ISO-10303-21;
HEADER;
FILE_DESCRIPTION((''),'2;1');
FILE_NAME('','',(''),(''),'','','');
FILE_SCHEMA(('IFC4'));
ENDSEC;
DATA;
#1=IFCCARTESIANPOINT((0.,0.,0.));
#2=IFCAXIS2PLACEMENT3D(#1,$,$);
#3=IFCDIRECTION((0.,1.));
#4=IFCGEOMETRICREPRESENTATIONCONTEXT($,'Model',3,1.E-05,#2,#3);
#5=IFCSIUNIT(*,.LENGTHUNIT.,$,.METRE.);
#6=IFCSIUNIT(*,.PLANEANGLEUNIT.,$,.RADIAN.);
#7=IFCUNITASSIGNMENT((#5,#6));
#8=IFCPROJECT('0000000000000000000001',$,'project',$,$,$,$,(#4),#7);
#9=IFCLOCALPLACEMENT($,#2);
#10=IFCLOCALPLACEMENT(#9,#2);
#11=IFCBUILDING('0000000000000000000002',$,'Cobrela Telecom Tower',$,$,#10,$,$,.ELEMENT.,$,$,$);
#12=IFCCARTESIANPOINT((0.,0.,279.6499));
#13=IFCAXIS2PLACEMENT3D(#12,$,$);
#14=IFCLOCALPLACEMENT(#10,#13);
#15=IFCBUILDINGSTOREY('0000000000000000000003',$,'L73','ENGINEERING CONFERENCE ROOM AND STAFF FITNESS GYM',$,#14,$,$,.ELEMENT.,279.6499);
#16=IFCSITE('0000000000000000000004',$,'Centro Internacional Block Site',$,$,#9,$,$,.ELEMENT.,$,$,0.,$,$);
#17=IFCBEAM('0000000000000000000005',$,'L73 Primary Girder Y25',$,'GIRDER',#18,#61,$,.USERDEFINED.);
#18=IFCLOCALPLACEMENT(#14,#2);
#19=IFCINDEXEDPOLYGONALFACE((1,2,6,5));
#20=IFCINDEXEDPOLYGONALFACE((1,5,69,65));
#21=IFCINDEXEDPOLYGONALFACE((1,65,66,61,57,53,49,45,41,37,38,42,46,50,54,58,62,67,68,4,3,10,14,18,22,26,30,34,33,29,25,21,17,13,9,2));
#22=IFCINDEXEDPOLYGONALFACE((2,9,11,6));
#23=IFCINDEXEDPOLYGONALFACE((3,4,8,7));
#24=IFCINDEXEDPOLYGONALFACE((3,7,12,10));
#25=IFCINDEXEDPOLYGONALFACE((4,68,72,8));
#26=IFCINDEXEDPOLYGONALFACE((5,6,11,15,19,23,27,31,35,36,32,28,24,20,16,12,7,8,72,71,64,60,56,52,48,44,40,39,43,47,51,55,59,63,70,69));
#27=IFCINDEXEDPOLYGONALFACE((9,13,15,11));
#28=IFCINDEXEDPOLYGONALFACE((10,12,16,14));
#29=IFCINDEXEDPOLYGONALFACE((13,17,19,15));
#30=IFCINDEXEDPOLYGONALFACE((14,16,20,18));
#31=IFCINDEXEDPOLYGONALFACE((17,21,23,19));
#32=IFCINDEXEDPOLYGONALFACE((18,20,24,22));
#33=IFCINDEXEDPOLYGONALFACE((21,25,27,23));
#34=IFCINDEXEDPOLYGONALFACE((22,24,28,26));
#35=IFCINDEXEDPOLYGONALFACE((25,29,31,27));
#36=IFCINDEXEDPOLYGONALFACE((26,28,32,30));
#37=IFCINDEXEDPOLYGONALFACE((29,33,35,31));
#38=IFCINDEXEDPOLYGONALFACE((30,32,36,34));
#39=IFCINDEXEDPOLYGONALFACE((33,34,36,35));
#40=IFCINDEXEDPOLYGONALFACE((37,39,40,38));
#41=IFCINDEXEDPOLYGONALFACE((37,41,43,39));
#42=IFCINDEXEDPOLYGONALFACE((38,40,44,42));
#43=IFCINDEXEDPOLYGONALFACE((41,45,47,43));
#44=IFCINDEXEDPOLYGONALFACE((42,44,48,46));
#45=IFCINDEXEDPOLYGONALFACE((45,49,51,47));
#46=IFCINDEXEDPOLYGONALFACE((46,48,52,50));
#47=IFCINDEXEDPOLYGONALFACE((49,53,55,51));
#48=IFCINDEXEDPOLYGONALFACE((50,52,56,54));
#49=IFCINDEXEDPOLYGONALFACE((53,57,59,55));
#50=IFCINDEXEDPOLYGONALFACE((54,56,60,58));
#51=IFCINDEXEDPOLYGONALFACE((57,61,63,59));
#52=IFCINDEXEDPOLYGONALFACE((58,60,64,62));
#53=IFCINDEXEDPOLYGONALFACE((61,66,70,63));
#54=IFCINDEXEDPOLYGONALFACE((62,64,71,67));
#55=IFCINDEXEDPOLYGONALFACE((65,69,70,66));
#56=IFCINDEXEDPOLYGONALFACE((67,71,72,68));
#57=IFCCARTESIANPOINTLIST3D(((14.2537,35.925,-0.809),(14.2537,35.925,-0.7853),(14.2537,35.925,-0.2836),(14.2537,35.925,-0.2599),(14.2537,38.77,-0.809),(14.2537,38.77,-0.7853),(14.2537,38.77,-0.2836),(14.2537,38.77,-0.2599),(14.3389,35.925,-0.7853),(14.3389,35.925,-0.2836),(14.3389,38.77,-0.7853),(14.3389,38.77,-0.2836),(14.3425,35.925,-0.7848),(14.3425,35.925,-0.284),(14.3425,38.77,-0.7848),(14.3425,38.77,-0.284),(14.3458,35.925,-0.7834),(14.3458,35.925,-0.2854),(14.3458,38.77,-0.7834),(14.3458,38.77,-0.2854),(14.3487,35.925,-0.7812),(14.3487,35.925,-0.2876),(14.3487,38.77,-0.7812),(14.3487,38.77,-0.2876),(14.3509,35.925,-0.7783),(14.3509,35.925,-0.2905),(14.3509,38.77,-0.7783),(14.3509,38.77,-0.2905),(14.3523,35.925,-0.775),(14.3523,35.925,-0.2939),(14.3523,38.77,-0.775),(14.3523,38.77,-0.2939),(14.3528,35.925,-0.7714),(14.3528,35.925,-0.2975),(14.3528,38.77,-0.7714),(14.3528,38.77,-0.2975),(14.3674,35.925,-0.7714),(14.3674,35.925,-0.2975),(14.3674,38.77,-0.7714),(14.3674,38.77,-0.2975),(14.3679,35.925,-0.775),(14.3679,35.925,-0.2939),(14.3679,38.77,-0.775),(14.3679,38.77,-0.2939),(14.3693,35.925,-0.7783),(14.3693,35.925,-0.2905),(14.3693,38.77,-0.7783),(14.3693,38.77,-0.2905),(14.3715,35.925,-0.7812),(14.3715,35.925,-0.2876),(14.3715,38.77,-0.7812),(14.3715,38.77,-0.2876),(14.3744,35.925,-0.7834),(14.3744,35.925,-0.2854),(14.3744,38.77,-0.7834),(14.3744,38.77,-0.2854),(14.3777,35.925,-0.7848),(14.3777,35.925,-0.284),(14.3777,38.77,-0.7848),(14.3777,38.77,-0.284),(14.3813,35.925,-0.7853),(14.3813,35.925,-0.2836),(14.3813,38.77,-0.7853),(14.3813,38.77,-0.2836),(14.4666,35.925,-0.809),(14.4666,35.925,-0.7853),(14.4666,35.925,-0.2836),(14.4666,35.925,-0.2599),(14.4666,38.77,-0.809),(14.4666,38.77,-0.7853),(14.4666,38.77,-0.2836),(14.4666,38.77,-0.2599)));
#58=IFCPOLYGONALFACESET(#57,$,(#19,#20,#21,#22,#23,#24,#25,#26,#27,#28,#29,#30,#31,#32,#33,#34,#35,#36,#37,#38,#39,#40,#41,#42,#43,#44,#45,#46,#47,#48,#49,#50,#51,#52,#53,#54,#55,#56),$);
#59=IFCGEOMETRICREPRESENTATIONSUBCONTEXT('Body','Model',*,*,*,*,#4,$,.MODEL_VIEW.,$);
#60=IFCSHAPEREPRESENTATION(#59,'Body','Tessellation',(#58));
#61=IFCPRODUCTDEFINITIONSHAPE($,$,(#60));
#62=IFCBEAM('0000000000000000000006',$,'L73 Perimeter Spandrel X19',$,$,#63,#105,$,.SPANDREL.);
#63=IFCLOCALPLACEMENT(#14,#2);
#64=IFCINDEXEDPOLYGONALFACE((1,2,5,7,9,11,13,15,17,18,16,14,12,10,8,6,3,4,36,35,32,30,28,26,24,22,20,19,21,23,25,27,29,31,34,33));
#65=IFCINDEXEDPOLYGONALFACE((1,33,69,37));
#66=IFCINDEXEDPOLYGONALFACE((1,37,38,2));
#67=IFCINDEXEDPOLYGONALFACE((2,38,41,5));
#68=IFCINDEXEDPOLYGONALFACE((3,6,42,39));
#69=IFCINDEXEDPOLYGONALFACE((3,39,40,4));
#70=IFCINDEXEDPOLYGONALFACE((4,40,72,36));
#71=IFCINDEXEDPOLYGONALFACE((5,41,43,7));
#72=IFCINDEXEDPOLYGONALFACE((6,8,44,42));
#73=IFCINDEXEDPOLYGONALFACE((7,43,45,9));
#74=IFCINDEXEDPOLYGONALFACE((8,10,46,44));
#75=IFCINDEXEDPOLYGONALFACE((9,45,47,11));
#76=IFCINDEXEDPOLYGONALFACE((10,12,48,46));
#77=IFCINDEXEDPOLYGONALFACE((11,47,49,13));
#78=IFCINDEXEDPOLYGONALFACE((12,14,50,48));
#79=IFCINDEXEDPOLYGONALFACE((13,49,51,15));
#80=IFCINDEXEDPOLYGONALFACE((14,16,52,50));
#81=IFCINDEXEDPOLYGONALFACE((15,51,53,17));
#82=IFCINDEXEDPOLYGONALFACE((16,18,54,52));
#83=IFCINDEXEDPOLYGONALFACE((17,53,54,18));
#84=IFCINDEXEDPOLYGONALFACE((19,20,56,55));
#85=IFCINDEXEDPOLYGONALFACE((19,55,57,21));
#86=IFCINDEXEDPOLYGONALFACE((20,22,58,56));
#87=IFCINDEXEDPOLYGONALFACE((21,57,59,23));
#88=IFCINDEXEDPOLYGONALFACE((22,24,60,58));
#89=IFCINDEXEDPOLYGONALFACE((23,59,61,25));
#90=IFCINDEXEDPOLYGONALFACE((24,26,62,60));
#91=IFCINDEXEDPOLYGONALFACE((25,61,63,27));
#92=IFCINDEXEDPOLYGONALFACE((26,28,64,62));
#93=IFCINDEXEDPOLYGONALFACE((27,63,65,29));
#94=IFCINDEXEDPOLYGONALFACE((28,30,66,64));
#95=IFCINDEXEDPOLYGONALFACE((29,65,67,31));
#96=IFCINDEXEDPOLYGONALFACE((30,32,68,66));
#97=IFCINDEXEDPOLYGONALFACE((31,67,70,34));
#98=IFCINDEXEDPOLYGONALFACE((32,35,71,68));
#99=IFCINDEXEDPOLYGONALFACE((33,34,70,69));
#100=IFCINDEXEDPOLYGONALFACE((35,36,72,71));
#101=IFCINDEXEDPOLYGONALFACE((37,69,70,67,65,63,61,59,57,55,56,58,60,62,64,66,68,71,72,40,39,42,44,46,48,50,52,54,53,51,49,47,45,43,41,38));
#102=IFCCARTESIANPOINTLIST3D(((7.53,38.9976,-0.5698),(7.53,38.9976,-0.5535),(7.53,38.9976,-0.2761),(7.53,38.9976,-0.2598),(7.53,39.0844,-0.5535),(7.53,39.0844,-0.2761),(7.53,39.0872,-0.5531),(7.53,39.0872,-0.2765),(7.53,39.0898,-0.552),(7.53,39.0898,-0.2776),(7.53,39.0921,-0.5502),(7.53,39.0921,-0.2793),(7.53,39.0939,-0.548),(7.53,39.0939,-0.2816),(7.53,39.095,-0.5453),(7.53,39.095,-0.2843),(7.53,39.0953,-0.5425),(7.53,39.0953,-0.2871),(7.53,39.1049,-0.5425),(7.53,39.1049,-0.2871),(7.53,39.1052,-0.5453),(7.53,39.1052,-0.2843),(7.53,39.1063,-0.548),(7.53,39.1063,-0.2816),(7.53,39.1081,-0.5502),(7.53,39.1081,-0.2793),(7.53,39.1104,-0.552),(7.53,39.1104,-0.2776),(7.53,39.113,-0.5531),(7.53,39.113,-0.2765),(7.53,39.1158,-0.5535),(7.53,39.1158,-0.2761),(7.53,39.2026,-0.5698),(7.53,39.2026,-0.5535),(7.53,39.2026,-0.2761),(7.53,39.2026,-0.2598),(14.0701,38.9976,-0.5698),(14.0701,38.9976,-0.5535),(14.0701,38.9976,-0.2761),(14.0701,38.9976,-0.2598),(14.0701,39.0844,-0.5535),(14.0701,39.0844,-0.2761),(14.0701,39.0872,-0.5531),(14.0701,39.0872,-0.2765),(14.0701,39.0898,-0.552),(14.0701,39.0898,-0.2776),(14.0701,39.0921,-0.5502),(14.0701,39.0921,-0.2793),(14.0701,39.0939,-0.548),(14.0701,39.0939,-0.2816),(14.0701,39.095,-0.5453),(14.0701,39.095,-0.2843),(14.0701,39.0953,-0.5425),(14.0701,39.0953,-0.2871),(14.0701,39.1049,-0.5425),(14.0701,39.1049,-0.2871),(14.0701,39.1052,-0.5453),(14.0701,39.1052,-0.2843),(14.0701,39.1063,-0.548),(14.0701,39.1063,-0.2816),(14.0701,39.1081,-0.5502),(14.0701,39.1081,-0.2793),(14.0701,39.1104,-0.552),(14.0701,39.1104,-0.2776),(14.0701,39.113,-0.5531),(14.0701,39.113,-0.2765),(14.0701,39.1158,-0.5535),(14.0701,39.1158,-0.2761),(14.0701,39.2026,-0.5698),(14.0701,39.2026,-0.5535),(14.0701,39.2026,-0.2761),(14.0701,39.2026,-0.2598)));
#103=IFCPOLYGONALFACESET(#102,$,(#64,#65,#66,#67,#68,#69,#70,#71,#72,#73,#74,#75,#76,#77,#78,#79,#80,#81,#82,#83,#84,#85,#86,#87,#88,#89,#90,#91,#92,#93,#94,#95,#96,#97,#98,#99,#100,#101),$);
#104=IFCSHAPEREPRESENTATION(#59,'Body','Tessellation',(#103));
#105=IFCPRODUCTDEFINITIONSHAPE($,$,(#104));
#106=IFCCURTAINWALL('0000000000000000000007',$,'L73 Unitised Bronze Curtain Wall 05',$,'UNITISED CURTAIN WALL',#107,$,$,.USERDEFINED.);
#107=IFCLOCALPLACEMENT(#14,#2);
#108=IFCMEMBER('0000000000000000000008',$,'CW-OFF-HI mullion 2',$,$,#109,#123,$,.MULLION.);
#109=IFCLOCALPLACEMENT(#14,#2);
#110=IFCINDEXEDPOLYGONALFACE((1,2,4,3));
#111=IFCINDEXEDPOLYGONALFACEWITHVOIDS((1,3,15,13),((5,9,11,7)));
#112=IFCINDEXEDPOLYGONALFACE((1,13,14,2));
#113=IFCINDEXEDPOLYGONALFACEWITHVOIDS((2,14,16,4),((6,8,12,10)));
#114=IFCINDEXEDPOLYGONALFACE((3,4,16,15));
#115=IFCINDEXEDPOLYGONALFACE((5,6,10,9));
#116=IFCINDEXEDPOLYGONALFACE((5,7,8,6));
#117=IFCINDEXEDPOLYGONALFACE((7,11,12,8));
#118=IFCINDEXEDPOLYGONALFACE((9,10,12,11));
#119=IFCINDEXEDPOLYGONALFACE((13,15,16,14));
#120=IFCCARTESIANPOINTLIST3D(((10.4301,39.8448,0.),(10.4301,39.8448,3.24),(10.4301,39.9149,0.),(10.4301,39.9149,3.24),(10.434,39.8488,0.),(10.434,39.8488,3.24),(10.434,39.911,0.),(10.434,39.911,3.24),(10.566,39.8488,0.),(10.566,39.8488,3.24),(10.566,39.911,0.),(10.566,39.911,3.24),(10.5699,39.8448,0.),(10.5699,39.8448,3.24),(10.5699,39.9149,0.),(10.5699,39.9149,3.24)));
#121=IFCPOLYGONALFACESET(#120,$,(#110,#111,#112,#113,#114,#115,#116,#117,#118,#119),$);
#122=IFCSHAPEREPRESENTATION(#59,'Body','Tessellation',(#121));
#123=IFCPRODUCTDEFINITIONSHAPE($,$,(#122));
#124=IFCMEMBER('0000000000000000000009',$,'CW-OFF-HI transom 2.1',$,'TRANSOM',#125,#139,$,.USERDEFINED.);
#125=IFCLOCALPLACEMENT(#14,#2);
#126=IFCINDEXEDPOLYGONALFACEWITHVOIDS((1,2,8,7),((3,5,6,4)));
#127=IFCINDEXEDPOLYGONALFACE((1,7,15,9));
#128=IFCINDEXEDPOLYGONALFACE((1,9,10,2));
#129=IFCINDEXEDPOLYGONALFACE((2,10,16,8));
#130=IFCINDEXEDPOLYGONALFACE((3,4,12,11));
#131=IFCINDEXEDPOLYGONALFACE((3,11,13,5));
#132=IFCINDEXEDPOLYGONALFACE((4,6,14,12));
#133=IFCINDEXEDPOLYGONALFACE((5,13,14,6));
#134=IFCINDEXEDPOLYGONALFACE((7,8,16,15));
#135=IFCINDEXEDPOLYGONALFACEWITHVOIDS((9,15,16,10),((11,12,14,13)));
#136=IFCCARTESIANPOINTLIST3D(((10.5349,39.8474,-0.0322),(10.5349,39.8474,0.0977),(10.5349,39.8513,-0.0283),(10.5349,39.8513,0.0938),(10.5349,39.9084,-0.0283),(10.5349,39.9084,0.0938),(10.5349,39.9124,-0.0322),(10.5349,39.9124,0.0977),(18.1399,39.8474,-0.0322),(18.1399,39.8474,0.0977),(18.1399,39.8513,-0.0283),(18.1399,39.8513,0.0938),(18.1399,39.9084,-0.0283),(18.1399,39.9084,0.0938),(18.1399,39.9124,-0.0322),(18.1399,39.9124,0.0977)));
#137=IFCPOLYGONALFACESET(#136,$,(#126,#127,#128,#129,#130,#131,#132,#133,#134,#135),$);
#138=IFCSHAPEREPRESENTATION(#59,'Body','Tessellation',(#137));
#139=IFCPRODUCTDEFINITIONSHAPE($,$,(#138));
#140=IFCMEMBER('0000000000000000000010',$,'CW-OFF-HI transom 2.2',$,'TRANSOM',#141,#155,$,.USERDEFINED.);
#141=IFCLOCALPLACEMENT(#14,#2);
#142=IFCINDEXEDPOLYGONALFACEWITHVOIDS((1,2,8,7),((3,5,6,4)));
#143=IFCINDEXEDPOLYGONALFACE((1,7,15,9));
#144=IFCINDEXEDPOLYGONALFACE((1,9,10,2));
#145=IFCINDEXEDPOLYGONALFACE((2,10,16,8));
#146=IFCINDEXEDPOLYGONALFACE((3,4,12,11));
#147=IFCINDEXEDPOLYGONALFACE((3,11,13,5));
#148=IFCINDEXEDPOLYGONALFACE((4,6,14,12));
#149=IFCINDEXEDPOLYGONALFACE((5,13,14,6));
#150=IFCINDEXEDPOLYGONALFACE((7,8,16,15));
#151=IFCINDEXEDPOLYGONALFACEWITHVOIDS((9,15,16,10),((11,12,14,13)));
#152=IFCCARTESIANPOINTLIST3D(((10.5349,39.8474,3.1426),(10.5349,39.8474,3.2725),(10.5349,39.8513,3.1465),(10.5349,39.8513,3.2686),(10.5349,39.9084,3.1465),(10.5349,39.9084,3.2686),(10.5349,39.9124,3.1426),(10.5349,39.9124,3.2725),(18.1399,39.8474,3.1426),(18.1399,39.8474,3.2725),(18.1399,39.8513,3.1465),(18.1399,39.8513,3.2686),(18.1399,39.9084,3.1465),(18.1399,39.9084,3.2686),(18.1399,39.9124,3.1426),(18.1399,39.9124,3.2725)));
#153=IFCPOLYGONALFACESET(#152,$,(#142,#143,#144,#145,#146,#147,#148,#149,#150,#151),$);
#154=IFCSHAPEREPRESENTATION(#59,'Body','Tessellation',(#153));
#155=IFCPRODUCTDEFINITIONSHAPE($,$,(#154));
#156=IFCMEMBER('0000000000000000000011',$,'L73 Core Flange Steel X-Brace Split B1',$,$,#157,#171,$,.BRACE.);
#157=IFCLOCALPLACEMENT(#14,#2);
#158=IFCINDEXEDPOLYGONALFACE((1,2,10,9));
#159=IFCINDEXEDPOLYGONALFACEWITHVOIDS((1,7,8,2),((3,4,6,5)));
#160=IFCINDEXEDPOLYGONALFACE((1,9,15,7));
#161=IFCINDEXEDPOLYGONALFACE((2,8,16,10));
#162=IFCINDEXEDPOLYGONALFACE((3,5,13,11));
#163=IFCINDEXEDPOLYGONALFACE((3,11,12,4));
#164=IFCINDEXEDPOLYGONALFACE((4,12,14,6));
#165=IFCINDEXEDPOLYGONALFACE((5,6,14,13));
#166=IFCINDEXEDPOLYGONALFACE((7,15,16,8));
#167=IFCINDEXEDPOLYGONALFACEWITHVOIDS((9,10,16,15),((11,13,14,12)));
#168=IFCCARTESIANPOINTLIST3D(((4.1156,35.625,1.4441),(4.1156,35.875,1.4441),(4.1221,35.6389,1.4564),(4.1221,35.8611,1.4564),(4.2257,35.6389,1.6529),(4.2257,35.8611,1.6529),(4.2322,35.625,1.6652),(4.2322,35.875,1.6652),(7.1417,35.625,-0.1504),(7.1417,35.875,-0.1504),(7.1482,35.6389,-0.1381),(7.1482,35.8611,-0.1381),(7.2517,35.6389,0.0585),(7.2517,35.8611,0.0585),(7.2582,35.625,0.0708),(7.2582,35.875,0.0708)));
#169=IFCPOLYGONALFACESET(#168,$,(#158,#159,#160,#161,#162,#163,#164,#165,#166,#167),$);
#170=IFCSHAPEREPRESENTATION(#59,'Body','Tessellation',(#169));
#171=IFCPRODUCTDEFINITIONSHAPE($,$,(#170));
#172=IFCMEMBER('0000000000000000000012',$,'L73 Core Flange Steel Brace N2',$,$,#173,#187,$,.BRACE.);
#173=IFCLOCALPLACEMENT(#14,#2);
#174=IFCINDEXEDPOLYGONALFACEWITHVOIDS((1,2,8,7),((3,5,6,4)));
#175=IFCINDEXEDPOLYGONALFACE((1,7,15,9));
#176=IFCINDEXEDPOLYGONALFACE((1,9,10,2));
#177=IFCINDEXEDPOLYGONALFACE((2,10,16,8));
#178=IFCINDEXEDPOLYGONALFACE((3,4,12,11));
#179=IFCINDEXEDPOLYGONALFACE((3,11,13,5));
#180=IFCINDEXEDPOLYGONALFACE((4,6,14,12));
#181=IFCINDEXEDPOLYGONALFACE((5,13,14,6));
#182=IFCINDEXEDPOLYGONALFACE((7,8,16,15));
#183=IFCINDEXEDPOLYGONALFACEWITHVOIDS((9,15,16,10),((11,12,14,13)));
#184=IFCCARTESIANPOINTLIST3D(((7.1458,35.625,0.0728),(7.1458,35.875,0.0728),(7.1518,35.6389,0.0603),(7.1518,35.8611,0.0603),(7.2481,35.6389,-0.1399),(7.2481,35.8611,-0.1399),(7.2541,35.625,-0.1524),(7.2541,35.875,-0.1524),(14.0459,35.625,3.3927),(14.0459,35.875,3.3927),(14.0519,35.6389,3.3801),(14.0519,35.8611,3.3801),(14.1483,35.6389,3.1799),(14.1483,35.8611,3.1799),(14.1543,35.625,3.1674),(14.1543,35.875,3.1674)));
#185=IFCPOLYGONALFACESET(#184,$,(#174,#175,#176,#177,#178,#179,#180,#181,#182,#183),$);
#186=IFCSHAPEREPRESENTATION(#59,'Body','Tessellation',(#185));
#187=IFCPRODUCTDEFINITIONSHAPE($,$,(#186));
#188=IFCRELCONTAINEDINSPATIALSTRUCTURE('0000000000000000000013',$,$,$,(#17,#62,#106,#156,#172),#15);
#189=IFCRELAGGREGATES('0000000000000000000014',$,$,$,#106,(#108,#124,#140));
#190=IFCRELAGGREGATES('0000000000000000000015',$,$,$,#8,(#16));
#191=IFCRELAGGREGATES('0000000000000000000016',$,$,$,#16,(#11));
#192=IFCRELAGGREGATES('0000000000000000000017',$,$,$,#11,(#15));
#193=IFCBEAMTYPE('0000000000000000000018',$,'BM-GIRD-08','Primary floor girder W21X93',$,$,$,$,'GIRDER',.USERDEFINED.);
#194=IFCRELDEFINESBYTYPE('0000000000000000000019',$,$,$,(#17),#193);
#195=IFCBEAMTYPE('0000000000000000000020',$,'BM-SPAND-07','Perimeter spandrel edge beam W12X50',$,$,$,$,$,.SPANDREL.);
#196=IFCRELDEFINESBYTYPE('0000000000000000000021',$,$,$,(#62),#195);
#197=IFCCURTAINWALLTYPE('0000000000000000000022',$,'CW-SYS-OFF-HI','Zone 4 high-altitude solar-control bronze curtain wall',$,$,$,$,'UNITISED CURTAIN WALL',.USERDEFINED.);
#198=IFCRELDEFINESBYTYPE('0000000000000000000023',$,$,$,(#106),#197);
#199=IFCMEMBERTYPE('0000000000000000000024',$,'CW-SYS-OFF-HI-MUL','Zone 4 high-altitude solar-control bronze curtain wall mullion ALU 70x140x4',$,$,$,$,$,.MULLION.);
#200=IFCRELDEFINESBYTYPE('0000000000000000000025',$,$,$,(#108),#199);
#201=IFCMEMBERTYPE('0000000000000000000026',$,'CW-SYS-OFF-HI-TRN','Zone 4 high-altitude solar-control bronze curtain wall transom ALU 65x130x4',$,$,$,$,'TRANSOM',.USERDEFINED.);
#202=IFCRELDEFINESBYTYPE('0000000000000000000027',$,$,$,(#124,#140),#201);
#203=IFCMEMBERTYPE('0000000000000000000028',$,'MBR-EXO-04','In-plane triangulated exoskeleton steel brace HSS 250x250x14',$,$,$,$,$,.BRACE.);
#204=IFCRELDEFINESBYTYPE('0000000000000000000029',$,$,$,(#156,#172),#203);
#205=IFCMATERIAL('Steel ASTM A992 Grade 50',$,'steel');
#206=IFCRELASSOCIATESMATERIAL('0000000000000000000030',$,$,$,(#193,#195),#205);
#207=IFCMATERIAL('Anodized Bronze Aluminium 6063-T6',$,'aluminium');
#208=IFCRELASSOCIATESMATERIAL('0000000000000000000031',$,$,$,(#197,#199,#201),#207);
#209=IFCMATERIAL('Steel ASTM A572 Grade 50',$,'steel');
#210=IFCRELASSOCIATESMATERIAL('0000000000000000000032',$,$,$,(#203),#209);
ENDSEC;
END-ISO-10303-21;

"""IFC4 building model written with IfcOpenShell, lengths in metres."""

from ifc_helpers import new_model, si_unit, direction, frame, origin, origin_2d, place, context, subcontext, project, spatial, hollow_rectangle, i_section, extrude, material, material_profile, profile_set, type_object, element, aggregate, save


model = new_model("IFC4")

# Units and contexts
model_context = context("Model", 3, precision=1e-05, world=origin(), true_north=direction((0.0, 1.0)))
body_context = subcontext(model_context, "Body", "Model", "MODEL_VIEW")
ifc_project = project(units=[si_unit("LENGTHUNIT", "METRE"), si_unit("PLANEANGLEUNIT", "RADIAN")], contexts=[model_context])

# Site, building, storey
site_placement = place(None, origin())
site = spatial("IfcSite", under=ifc_project, at=site_placement, Name="Centro Internacional Block Site", CompositionType="ELEMENT", RefElevation=0.0)
building_placement = place(site_placement, origin())
building = spatial("IfcBuilding", under=site, at=building_placement, Name="Cobrela Telecom Tower", CompositionType="ELEMENT")
storey_placement = place(building_placement, frame((0.0, 0.0, 279.6499)))
storey = spatial("IfcBuildingStorey", under=building, at=storey_placement, Name="L73", Description="ENGINEERING CONFERENCE ROOM AND STAFF FITNESS GYM", CompositionType="ELEMENT", Elevation=279.6499)

# Shared definitions
ifc_material_1 = material(Name="Steel ASTM A572 Grade 50", Category="steel")

# Beams
ifc_material_2 = material(Name="Steel ASTM A992 Grade 50", Category="steel")
ifc_material_profile_1 = material_profile(ifc_material_2, i_section(OverallWidth=0.2129, OverallDepth=0.5491, WebThickness=0.0146, FlangeThickness=0.0237, FilletRadius=0.0139, at=origin_2d()), Name="W21X93")
ifc_profile_set_1 = profile_set([ifc_material_profile_1], Name="Steel ASTM A992 Grade 50")
beam_type_1 = type_object("IfcBeamType", Name="BM-GIRD-08", Description="Primary floor girder W21X93", ElementType="GIRDER", PredefinedType="USERDEFINED", material=ifc_profile_set_1)
for number, where, z_axis, x_axis, name in (
    (1, (14.3601, 35.925, -0.5344), (0.0, 1.0, 0.0), (-1.0, 0.0, 0.0), "L73 Primary Girder Y25"),
):
    element("IfcBeam", number, at=place(storey_placement, frame(where, z_axis=z_axis, x_axis=x_axis)), inside=storey, type_object=beam_type_1, Name=name, ObjectType="GIRDER", PredefinedType="USERDEFINED", context=body_context, shape_type="SweptSolid", body=[
        extrude(i_section(OverallWidth=0.2129, OverallDepth=0.5491, WebThickness=0.0146, FlangeThickness=0.0237, FilletRadius=0.0139, at=origin_2d()), origin(), (0.0, 0.0, 1.0), 2.845),
    ])
ifc_material_profile_2 = material_profile(ifc_material_2, i_section(OverallWidth=0.2051, OverallDepth=0.3101, WebThickness=0.0095, FlangeThickness=0.0164, FilletRadius=0.011, at=origin_2d()), Name="W12X50")
ifc_profile_set_2 = profile_set([ifc_material_profile_2], Name="Steel ASTM A992 Grade 50")
beam_type_2 = type_object("IfcBeamType", Name="BM-SPAND-07", Description="Perimeter spandrel edge beam W12X50", PredefinedType="SPANDREL", material=ifc_profile_set_2)
beam_1_placement = place(storey_placement, frame((7.53, 39.1001, -0.4148), z_axis=(1.0, 0.0, 0.0), x_axis=(0.0, 1.0, 0.0)))
element("IfcBeam", 2, at=beam_1_placement, inside=storey, type_object=beam_type_2, Name="L73 Perimeter Spandrel X19", PredefinedType="SPANDREL", context=body_context, shape_type="SweptSolid", body=[
    extrude(i_section(OverallWidth=0.2051, OverallDepth=0.3101, WebThickness=0.0095, FlangeThickness=0.0164, FilletRadius=0.011, at=origin_2d()), origin(), (0.0, 0.0, 1.0), 6.54),
])

# Curtain wall, members
ifc_material_3 = material(Name="Anodized Bronze Aluminium 6063-T6", Category="aluminium")
curtain_wall_type = type_object("IfcCurtainWallType", Name="CW-SYS-OFF-HI", Description="Zone 4 high-altitude solar-control bronze curtain wall", ElementType="UNITISED CURTAIN WALL", PredefinedType="USERDEFINED", material=ifc_material_3)
curtain_wall_placement = place(storey_placement, origin())
curtain_wall = element("IfcCurtainWall", 3, at=curtain_wall_placement, inside=storey, type_object=curtain_wall_type, Name="L73 Unitised Bronze Curtain Wall 05", ObjectType="UNITISED CURTAIN WALL", PredefinedType="USERDEFINED")
ifc_material_profile_3 = material_profile(ifc_material_3, hollow_rectangle(XDim=0.0701, YDim=0.1399, WallThickness=0.0039, at=origin_2d()), Name="ALU 70x140x4")
ifc_profile_set_3 = profile_set([ifc_material_profile_3], Name="Anodized Bronze Aluminium 6063-T6")
member_type_1 = type_object("IfcMemberType", Name="CW-SYS-OFF-HI-MUL", Description="Zone 4 high-altitude solar-control bronze curtain wall mullion ALU 70x140x4", PredefinedType="MULLION", material=ifc_profile_set_3)
member_1_placement = place(storey_placement, frame((10.5, 39.8799, 0.0), z_axis=(0.0, 0.0, 1.0), x_axis=(0.0, 1.0, 0.0)))
member_1 = element("IfcMember", 4, at=member_1_placement, type_object=member_type_1, Name="CW-OFF-HI mullion 2", PredefinedType="MULLION", context=body_context, shape_type="SweptSolid", body=[
    extrude(hollow_rectangle(XDim=0.0701, YDim=0.1399, WallThickness=0.0039, at=origin_2d()), origin(), (0.0, 0.0, 1.0), 3.24),
])
ifc_material_profile_4 = material_profile(ifc_material_3, hollow_rectangle(XDim=0.0649, YDim=0.1299, WallThickness=0.0039, at=origin_2d()), Name="ALU 65x130x4")
ifc_profile_set_4 = profile_set([ifc_material_profile_4], Name="Anodized Bronze Aluminium 6063-T6")
member_type_2 = type_object("IfcMemberType", Name="CW-SYS-OFF-HI-TRN", Description="Zone 4 high-altitude solar-control bronze curtain wall transom ALU 65x130x4", ElementType="TRANSOM", PredefinedType="USERDEFINED", material=ifc_profile_set_4)
member_2_placement = place(storey_placement, frame((10.5349, 39.8799, 0.0327), z_axis=(1.0, 0.0, 0.0), x_axis=(0.0, 1.0, 0.0)))
member_2 = element("IfcMember", 5, at=member_2_placement, type_object=member_type_2, Name="CW-OFF-HI transom 2.1", ObjectType="TRANSOM", PredefinedType="USERDEFINED", context=body_context, shape_type="SweptSolid", body=[
    extrude(hollow_rectangle(XDim=0.0649, YDim=0.1299, WallThickness=0.0039, at=origin_2d()), origin(), (0.0, 0.0, 1.0), 7.605),
])
member_3_placement = place(storey_placement, frame((10.5349, 39.8799, 3.2075), z_axis=(1.0, 0.0, 0.0), x_axis=(0.0, 1.0, 0.0)))
member_3 = element("IfcMember", 6, at=member_3_placement, type_object=member_type_2, Name="CW-OFF-HI transom 2.2", ObjectType="TRANSOM", PredefinedType="USERDEFINED", context=body_context, shape_type="SweptSolid", body=[
    extrude(hollow_rectangle(XDim=0.0649, YDim=0.1299, WallThickness=0.0039, at=origin_2d()), origin(), (0.0, 0.0, 1.0), 7.605),
])

# Members
ifc_material_profile_5 = material_profile(ifc_material_1, hollow_rectangle(XDim=0.25, YDim=0.25, WallThickness=0.0139, at=origin_2d()), Name="HSS 250x250x14")
ifc_profile_set_5 = profile_set([ifc_material_profile_5], Name="Steel ASTM A572 Grade 50")
member_type_3 = type_object("IfcMemberType", Name="MBR-EXO-04", Description="In-plane triangulated exoskeleton steel brace HSS 250x250x14", PredefinedType="BRACE", material=ifc_profile_set_5)
member_4_placement = place(storey_placement, frame((7.2, 35.75, -0.0398), z_axis=(-0.884703, 0.0, 0.466155), x_axis=(0.0, -1.0, 0.0)))
element("IfcMember", 7, at=member_4_placement, inside=storey, type_object=member_type_3, Name="L73 Core Flange Steel X-Brace Split B1", PredefinedType="BRACE", context=body_context, shape_type="SweptSolid", body=[
    extrude(hollow_rectangle(XDim=0.25, YDim=0.25, WallThickness=0.0139, at=origin_2d()), origin(), (0.0, 0.0, 1.0), 3.4204),
])
member_5_placement = place(storey_placement, frame((7.2, 35.75, -0.0398), z_axis=(0.901128, 0.0, 0.433554), x_axis=(0.0, 1.0, 0.0)))
element("IfcMember", 8, at=member_5_placement, inside=storey, type_object=member_type_3, Name="L73 Core Flange Steel Brace N2", PredefinedType="BRACE", context=body_context, shape_type="SweptSolid", body=[
    extrude(hollow_rectangle(XDim=0.25, YDim=0.25, WallThickness=0.0139, at=origin_2d()), origin(), (0.0, 0.0, 1.0), 7.6572),
])

aggregate(curtain_wall, [member_1, member_2, member_3])

save(model, "model.ifc")
